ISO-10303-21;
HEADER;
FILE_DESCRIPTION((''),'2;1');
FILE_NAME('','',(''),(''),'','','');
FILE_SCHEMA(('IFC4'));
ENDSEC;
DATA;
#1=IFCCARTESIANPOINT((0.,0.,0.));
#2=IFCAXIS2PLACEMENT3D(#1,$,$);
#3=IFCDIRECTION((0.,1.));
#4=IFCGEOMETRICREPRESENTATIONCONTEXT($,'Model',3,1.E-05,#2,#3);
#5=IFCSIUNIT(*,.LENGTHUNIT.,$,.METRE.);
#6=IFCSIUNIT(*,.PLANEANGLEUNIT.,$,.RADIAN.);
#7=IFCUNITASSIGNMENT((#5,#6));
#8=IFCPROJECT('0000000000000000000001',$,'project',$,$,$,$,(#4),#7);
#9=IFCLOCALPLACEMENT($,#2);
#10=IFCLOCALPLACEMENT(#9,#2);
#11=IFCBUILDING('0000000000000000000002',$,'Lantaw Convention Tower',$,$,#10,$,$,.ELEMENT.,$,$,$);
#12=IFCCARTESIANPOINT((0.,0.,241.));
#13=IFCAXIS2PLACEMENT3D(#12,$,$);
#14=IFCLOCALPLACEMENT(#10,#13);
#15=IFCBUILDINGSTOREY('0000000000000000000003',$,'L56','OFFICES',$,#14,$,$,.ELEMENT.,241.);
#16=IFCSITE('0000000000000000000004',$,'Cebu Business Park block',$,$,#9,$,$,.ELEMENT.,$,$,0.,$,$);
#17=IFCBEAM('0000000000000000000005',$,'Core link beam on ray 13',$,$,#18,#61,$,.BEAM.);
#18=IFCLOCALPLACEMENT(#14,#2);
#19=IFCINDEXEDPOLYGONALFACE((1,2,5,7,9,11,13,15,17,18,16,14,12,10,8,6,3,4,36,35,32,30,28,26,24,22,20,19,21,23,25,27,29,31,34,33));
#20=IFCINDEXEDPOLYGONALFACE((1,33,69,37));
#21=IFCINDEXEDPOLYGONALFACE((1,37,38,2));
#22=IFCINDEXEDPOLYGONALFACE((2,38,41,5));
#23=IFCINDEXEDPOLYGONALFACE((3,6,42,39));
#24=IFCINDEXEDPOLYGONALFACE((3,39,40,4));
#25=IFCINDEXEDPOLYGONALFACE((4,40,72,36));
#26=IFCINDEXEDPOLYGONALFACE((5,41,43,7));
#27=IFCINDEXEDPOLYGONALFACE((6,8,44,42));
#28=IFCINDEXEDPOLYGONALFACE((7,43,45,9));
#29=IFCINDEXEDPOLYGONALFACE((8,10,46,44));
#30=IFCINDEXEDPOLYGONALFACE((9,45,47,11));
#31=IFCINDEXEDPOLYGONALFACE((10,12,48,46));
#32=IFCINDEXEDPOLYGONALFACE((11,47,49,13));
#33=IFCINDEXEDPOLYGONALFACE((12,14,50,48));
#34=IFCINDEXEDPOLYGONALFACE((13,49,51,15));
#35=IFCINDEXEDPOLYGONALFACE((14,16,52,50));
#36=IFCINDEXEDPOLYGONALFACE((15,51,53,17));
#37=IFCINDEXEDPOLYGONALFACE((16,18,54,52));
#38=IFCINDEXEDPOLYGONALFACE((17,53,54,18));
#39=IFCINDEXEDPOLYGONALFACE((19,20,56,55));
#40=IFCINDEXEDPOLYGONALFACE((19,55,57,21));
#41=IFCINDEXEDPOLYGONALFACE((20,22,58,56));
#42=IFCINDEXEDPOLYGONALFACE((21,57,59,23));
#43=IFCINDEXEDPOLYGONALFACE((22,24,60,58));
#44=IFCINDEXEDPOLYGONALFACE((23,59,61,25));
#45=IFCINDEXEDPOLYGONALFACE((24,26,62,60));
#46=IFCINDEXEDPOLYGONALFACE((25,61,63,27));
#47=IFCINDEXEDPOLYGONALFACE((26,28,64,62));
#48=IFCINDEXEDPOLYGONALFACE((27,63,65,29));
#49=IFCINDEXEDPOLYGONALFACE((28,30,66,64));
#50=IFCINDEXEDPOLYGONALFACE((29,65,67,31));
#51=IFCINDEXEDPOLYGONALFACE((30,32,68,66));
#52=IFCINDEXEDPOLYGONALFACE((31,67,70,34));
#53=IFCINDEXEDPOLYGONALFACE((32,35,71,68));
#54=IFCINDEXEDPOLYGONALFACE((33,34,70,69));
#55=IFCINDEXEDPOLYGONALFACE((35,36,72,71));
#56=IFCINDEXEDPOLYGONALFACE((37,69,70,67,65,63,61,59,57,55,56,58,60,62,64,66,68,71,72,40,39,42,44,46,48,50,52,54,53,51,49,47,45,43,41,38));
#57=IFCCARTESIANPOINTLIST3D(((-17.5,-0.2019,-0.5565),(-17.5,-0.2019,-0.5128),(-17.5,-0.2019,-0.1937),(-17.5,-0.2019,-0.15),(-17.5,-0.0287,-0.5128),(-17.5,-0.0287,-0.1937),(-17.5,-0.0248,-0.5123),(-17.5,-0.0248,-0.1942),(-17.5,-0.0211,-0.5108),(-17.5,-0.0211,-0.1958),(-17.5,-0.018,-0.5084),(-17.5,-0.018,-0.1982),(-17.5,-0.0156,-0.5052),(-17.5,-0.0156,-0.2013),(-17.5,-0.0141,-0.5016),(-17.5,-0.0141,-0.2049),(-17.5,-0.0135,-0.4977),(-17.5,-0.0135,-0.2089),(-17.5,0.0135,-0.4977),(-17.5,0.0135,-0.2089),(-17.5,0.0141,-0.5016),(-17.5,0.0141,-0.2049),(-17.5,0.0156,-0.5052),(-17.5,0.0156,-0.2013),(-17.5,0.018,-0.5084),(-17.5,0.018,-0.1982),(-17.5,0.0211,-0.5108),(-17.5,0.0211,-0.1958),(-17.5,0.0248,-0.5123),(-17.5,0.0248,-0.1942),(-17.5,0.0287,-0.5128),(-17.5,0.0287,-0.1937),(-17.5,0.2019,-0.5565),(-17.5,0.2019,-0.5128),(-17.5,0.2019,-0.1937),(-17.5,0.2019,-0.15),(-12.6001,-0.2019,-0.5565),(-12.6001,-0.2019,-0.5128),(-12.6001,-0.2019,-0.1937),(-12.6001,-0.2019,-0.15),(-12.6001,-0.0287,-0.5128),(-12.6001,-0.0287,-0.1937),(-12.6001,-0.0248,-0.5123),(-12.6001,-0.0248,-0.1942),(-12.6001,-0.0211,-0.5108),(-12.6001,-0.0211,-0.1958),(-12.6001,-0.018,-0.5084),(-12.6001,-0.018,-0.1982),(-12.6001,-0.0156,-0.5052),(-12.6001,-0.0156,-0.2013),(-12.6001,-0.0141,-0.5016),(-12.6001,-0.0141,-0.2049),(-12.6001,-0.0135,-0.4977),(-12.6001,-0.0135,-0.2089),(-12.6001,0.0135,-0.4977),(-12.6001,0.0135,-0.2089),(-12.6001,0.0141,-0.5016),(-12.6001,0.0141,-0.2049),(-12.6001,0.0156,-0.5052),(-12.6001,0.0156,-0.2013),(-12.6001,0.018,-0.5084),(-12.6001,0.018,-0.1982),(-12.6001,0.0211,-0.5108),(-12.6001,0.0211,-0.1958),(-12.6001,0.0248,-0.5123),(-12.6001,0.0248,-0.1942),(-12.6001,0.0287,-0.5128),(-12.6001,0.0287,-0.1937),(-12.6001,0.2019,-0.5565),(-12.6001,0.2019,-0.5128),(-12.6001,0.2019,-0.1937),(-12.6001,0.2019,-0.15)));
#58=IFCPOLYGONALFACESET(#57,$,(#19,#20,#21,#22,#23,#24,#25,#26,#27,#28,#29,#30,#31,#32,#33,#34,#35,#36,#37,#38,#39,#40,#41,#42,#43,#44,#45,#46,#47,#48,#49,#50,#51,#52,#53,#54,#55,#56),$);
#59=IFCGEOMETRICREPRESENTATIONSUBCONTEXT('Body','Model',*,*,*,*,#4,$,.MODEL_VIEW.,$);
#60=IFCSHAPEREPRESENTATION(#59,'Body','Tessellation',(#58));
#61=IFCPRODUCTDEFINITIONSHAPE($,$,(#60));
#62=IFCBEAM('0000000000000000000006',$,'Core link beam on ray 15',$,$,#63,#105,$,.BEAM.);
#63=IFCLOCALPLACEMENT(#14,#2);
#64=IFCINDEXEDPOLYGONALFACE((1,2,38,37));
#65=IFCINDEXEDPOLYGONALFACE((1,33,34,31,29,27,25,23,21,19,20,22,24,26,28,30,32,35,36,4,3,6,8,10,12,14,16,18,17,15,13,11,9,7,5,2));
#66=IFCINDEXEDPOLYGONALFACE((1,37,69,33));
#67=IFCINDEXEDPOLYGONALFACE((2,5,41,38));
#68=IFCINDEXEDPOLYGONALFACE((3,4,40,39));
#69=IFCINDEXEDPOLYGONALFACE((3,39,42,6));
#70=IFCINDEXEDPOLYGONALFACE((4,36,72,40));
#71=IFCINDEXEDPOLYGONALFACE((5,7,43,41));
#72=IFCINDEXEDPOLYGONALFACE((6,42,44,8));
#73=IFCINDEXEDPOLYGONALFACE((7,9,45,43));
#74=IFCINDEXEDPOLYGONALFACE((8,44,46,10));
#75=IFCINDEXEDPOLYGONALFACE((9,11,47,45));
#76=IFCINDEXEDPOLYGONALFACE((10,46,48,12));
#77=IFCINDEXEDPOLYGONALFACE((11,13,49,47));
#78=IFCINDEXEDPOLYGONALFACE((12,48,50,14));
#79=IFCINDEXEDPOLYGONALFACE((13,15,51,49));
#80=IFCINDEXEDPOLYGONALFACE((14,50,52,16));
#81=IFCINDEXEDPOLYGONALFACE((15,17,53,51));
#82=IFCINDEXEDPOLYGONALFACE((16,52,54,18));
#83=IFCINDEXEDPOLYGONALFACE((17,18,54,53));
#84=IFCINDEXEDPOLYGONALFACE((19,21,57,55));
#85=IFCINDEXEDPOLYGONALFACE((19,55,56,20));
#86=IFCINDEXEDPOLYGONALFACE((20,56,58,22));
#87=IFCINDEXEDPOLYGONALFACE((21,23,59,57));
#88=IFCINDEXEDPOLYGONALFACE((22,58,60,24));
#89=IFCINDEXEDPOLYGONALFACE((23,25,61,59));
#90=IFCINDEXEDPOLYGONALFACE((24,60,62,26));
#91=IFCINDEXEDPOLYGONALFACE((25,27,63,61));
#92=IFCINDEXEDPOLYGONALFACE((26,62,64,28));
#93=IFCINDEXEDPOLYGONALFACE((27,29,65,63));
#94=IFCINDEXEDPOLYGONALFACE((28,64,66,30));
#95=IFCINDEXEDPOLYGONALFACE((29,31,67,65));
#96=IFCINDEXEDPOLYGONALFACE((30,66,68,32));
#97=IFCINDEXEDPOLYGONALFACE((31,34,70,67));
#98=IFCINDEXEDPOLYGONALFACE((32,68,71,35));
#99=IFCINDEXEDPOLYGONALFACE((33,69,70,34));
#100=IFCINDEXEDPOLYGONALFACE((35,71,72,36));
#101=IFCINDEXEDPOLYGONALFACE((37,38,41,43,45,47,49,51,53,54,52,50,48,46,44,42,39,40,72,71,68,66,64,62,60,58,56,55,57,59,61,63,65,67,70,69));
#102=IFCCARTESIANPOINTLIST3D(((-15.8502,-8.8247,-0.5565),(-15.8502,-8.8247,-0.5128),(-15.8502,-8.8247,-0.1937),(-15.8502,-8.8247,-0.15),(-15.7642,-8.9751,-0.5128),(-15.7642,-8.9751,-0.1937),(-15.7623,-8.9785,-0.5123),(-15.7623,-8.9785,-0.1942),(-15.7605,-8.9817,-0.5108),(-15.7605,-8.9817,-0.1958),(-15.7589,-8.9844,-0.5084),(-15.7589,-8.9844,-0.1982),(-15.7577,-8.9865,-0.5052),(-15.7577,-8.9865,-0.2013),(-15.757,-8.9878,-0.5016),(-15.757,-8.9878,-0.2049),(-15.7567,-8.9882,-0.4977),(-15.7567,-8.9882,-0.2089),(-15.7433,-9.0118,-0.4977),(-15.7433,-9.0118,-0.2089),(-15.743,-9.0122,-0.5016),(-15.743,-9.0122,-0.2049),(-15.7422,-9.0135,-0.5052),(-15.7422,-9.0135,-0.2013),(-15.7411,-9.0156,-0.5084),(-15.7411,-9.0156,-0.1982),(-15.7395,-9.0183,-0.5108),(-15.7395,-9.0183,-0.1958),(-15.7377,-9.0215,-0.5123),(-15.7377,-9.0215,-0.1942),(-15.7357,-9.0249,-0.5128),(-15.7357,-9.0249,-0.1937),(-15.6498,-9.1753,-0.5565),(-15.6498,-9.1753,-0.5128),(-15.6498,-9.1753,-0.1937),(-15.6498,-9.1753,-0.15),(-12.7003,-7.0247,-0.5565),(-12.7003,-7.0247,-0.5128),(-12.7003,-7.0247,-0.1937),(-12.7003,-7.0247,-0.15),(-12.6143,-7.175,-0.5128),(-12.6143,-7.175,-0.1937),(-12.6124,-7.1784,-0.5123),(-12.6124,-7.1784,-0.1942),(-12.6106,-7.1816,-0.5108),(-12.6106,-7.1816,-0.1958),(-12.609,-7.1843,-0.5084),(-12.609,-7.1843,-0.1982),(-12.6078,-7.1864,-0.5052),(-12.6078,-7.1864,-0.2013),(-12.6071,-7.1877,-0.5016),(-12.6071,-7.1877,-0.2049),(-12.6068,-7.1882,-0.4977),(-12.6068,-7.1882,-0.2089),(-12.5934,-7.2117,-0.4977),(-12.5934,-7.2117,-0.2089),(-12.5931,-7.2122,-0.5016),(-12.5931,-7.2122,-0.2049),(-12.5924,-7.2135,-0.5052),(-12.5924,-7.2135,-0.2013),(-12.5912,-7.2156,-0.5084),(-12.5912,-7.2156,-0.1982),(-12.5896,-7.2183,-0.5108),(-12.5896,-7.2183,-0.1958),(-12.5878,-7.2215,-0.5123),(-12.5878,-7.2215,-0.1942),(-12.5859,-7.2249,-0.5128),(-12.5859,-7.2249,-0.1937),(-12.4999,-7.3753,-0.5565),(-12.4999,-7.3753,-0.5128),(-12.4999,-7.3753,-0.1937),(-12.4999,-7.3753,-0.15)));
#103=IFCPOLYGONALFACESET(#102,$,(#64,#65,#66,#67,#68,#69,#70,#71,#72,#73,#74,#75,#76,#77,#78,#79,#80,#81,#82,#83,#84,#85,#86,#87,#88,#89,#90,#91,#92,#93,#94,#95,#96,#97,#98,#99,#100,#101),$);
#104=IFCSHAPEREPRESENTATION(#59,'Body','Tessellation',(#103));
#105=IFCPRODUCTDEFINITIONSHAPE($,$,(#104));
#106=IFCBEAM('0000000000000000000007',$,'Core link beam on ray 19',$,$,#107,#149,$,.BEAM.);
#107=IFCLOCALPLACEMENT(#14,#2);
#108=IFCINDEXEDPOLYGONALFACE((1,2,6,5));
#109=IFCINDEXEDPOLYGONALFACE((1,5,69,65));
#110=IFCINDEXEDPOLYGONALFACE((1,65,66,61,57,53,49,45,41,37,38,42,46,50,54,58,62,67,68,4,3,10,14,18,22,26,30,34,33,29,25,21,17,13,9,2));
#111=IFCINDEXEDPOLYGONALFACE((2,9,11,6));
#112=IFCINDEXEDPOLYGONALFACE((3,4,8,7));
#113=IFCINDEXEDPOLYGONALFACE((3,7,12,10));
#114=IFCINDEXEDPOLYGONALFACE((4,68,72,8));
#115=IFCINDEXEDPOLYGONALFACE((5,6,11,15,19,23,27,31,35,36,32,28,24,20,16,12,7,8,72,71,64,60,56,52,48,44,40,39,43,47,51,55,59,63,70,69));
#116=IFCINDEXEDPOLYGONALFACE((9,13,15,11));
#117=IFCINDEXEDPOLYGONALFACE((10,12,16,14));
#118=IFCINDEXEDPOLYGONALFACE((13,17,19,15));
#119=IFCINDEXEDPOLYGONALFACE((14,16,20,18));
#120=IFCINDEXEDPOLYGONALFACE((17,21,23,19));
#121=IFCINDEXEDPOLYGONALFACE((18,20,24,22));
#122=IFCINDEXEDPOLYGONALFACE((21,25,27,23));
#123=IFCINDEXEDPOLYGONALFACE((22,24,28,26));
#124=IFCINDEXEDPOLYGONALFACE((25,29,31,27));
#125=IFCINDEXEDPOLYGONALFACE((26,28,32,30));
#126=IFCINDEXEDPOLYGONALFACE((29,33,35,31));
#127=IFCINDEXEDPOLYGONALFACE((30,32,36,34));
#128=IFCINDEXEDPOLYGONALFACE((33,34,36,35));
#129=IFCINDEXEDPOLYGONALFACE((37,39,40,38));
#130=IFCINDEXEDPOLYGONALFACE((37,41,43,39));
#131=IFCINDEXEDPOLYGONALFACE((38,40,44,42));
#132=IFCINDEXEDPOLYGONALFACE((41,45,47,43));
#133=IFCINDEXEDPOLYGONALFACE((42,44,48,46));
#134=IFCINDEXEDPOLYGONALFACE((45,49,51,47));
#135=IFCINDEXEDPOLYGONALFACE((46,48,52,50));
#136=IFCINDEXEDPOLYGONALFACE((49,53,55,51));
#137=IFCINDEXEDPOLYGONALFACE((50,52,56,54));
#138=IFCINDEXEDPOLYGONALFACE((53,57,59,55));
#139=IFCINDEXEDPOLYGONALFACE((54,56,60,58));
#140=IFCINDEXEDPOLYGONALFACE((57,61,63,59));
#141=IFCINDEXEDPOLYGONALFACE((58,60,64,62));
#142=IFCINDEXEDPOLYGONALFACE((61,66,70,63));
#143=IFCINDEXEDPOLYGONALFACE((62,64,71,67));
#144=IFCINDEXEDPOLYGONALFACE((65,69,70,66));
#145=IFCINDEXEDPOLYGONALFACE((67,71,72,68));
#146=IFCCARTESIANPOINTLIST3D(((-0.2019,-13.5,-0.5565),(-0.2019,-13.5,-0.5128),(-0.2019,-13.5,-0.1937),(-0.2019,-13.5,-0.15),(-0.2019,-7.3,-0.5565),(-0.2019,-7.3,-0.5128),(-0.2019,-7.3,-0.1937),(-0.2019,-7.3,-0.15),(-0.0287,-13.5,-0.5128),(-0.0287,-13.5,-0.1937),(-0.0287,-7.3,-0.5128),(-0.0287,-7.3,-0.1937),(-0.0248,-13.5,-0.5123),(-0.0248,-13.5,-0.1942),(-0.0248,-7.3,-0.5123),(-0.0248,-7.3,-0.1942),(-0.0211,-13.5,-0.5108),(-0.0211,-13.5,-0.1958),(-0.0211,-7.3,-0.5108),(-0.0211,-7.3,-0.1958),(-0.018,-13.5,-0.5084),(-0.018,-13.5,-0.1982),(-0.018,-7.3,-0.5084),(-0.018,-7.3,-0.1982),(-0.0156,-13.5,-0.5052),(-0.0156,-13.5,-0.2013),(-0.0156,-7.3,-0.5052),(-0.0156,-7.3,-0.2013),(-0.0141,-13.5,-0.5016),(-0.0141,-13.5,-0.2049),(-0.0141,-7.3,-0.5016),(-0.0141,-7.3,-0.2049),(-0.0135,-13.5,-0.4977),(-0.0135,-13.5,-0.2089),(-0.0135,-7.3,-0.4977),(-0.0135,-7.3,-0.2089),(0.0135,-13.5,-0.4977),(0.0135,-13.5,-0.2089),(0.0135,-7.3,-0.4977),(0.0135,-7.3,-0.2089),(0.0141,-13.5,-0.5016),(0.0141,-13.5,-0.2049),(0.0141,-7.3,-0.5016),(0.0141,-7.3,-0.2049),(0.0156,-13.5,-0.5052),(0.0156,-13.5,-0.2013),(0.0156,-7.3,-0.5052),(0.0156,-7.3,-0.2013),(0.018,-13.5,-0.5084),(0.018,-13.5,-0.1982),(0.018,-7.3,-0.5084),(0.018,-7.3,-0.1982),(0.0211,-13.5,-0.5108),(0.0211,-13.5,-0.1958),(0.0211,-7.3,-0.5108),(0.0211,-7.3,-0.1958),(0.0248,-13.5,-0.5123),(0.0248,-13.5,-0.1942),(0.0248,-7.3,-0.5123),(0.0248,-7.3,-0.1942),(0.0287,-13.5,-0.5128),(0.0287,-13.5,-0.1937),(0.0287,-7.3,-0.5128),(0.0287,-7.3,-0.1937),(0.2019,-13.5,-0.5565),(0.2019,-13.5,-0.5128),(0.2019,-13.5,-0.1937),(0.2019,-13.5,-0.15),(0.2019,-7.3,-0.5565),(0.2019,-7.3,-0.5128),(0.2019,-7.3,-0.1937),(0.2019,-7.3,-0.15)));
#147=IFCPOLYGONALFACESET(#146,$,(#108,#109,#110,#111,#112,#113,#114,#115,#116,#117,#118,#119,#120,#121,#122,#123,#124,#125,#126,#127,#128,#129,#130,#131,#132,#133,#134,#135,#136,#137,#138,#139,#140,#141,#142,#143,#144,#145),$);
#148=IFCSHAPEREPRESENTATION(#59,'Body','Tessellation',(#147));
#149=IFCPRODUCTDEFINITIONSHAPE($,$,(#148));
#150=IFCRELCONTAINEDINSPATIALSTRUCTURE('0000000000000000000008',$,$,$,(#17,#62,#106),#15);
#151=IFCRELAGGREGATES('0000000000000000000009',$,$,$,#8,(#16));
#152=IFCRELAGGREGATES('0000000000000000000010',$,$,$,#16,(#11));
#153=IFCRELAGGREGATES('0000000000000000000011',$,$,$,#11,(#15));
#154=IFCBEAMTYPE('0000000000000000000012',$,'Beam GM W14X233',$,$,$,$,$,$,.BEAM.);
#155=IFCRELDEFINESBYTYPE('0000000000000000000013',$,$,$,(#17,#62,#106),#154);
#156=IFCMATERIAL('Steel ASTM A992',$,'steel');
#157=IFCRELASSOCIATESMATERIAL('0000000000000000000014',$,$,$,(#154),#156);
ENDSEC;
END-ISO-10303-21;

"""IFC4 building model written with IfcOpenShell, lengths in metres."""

from ifc_helpers import new_model, si_unit, direction, frame, origin, origin_2d, place, context, subcontext, project, spatial, i_section, extrude, material, material_profile, profile_set, type_object, element, save


model = new_model("IFC4")

# Units and contexts
model_context = context("Model", 3, precision=1e-05, world=origin(), true_north=direction((0.0, 1.0)))
body_context = subcontext(model_context, "Body", "Model", "MODEL_VIEW")
ifc_project = project(units=[si_unit("LENGTHUNIT", "METRE"), si_unit("PLANEANGLEUNIT", "RADIAN")], contexts=[model_context])

# Site, building, storey
site_placement = place(None, origin())
site = spatial("IfcSite", under=ifc_project, at=site_placement, Name="Cebu Business Park block", CompositionType="ELEMENT", RefElevation=0.0)
building_placement = place(site_placement, origin())
building = spatial("IfcBuilding", under=site, at=building_placement, Name="Lantaw Convention Tower", CompositionType="ELEMENT")
storey_placement = place(building_placement, frame((0.0, 0.0, 241.0)))
storey = spatial("IfcBuildingStorey", under=building, at=storey_placement, Name="L56", Description="OFFICES", CompositionType="ELEMENT", Elevation=241.0)

# Beams
ifc_material_1 = material(Name="Steel ASTM A992", Category="steel")
ifc_material_profile_1 = material_profile(ifc_material_1, i_section(OverallWidth=0.4038, OverallDepth=0.4065, WebThickness=0.0271, FlangeThickness=0.0437, FilletRadius=0.0151, at=origin_2d()), Name="W14X233")
ifc_profile_set_1 = profile_set([ifc_material_profile_1], Name="Steel ASTM A992")
beam_type_1 = type_object("IfcBeamType", Name="Beam GM W14X233", PredefinedType="BEAM", material=ifc_profile_set_1)
beam_1_placement = place(storey_placement, frame((-12.6001, 0.0, -0.3533), z_axis=(-1.0, 0.0, 0.0), x_axis=(0.0, -1.0, 0.0)))
element("IfcBeam", 1, at=beam_1_placement, inside=storey, type_object=beam_type_1, Name="Core link beam on ray 13", PredefinedType="BEAM", context=body_context, shape_type="SweptSolid", body=[
    extrude(i_section(OverallWidth=0.4038, OverallDepth=0.4065, WebThickness=0.0271, FlangeThickness=0.0437, FilletRadius=0.0151, at=origin_2d()), origin(), (0.0, 0.0, 1.0), 4.8999),
])
beam_2_placement = place(storey_placement, frame((-12.6001, -7.2, -0.3533), z_axis=(-0.868231, -0.496161, 0.0), x_axis=(0.496161, -0.868231, 0.0)))
element("IfcBeam", 2, at=beam_2_placement, inside=storey, type_object=beam_type_1, Name="Core link beam on ray 15", PredefinedType="BEAM", context=body_context, shape_type="SweptSolid", body=[
    extrude(i_section(OverallWidth=0.4038, OverallDepth=0.4065, WebThickness=0.0271, FlangeThickness=0.0437, FilletRadius=0.0151, at=origin_2d()), origin(), (0.0, 0.0, 1.0), 3.6279),
])
beam_3_placement = place(storey_placement, frame((0.0, -7.3, -0.3533), z_axis=(0.0, -1.0, 0.0), x_axis=(1.0, 0.0, 0.0)))
element("IfcBeam", 3, at=beam_3_placement, inside=storey, type_object=beam_type_1, Name="Core link beam on ray 19", PredefinedType="BEAM", context=body_context, shape_type="SweptSolid", body=[
    extrude(i_section(OverallWidth=0.4038, OverallDepth=0.4065, WebThickness=0.0271, FlangeThickness=0.0437, FilletRadius=0.0151, at=origin_2d()), origin(), (0.0, 0.0, 1.0), 6.2),
])

save(model, "model.ifc")
